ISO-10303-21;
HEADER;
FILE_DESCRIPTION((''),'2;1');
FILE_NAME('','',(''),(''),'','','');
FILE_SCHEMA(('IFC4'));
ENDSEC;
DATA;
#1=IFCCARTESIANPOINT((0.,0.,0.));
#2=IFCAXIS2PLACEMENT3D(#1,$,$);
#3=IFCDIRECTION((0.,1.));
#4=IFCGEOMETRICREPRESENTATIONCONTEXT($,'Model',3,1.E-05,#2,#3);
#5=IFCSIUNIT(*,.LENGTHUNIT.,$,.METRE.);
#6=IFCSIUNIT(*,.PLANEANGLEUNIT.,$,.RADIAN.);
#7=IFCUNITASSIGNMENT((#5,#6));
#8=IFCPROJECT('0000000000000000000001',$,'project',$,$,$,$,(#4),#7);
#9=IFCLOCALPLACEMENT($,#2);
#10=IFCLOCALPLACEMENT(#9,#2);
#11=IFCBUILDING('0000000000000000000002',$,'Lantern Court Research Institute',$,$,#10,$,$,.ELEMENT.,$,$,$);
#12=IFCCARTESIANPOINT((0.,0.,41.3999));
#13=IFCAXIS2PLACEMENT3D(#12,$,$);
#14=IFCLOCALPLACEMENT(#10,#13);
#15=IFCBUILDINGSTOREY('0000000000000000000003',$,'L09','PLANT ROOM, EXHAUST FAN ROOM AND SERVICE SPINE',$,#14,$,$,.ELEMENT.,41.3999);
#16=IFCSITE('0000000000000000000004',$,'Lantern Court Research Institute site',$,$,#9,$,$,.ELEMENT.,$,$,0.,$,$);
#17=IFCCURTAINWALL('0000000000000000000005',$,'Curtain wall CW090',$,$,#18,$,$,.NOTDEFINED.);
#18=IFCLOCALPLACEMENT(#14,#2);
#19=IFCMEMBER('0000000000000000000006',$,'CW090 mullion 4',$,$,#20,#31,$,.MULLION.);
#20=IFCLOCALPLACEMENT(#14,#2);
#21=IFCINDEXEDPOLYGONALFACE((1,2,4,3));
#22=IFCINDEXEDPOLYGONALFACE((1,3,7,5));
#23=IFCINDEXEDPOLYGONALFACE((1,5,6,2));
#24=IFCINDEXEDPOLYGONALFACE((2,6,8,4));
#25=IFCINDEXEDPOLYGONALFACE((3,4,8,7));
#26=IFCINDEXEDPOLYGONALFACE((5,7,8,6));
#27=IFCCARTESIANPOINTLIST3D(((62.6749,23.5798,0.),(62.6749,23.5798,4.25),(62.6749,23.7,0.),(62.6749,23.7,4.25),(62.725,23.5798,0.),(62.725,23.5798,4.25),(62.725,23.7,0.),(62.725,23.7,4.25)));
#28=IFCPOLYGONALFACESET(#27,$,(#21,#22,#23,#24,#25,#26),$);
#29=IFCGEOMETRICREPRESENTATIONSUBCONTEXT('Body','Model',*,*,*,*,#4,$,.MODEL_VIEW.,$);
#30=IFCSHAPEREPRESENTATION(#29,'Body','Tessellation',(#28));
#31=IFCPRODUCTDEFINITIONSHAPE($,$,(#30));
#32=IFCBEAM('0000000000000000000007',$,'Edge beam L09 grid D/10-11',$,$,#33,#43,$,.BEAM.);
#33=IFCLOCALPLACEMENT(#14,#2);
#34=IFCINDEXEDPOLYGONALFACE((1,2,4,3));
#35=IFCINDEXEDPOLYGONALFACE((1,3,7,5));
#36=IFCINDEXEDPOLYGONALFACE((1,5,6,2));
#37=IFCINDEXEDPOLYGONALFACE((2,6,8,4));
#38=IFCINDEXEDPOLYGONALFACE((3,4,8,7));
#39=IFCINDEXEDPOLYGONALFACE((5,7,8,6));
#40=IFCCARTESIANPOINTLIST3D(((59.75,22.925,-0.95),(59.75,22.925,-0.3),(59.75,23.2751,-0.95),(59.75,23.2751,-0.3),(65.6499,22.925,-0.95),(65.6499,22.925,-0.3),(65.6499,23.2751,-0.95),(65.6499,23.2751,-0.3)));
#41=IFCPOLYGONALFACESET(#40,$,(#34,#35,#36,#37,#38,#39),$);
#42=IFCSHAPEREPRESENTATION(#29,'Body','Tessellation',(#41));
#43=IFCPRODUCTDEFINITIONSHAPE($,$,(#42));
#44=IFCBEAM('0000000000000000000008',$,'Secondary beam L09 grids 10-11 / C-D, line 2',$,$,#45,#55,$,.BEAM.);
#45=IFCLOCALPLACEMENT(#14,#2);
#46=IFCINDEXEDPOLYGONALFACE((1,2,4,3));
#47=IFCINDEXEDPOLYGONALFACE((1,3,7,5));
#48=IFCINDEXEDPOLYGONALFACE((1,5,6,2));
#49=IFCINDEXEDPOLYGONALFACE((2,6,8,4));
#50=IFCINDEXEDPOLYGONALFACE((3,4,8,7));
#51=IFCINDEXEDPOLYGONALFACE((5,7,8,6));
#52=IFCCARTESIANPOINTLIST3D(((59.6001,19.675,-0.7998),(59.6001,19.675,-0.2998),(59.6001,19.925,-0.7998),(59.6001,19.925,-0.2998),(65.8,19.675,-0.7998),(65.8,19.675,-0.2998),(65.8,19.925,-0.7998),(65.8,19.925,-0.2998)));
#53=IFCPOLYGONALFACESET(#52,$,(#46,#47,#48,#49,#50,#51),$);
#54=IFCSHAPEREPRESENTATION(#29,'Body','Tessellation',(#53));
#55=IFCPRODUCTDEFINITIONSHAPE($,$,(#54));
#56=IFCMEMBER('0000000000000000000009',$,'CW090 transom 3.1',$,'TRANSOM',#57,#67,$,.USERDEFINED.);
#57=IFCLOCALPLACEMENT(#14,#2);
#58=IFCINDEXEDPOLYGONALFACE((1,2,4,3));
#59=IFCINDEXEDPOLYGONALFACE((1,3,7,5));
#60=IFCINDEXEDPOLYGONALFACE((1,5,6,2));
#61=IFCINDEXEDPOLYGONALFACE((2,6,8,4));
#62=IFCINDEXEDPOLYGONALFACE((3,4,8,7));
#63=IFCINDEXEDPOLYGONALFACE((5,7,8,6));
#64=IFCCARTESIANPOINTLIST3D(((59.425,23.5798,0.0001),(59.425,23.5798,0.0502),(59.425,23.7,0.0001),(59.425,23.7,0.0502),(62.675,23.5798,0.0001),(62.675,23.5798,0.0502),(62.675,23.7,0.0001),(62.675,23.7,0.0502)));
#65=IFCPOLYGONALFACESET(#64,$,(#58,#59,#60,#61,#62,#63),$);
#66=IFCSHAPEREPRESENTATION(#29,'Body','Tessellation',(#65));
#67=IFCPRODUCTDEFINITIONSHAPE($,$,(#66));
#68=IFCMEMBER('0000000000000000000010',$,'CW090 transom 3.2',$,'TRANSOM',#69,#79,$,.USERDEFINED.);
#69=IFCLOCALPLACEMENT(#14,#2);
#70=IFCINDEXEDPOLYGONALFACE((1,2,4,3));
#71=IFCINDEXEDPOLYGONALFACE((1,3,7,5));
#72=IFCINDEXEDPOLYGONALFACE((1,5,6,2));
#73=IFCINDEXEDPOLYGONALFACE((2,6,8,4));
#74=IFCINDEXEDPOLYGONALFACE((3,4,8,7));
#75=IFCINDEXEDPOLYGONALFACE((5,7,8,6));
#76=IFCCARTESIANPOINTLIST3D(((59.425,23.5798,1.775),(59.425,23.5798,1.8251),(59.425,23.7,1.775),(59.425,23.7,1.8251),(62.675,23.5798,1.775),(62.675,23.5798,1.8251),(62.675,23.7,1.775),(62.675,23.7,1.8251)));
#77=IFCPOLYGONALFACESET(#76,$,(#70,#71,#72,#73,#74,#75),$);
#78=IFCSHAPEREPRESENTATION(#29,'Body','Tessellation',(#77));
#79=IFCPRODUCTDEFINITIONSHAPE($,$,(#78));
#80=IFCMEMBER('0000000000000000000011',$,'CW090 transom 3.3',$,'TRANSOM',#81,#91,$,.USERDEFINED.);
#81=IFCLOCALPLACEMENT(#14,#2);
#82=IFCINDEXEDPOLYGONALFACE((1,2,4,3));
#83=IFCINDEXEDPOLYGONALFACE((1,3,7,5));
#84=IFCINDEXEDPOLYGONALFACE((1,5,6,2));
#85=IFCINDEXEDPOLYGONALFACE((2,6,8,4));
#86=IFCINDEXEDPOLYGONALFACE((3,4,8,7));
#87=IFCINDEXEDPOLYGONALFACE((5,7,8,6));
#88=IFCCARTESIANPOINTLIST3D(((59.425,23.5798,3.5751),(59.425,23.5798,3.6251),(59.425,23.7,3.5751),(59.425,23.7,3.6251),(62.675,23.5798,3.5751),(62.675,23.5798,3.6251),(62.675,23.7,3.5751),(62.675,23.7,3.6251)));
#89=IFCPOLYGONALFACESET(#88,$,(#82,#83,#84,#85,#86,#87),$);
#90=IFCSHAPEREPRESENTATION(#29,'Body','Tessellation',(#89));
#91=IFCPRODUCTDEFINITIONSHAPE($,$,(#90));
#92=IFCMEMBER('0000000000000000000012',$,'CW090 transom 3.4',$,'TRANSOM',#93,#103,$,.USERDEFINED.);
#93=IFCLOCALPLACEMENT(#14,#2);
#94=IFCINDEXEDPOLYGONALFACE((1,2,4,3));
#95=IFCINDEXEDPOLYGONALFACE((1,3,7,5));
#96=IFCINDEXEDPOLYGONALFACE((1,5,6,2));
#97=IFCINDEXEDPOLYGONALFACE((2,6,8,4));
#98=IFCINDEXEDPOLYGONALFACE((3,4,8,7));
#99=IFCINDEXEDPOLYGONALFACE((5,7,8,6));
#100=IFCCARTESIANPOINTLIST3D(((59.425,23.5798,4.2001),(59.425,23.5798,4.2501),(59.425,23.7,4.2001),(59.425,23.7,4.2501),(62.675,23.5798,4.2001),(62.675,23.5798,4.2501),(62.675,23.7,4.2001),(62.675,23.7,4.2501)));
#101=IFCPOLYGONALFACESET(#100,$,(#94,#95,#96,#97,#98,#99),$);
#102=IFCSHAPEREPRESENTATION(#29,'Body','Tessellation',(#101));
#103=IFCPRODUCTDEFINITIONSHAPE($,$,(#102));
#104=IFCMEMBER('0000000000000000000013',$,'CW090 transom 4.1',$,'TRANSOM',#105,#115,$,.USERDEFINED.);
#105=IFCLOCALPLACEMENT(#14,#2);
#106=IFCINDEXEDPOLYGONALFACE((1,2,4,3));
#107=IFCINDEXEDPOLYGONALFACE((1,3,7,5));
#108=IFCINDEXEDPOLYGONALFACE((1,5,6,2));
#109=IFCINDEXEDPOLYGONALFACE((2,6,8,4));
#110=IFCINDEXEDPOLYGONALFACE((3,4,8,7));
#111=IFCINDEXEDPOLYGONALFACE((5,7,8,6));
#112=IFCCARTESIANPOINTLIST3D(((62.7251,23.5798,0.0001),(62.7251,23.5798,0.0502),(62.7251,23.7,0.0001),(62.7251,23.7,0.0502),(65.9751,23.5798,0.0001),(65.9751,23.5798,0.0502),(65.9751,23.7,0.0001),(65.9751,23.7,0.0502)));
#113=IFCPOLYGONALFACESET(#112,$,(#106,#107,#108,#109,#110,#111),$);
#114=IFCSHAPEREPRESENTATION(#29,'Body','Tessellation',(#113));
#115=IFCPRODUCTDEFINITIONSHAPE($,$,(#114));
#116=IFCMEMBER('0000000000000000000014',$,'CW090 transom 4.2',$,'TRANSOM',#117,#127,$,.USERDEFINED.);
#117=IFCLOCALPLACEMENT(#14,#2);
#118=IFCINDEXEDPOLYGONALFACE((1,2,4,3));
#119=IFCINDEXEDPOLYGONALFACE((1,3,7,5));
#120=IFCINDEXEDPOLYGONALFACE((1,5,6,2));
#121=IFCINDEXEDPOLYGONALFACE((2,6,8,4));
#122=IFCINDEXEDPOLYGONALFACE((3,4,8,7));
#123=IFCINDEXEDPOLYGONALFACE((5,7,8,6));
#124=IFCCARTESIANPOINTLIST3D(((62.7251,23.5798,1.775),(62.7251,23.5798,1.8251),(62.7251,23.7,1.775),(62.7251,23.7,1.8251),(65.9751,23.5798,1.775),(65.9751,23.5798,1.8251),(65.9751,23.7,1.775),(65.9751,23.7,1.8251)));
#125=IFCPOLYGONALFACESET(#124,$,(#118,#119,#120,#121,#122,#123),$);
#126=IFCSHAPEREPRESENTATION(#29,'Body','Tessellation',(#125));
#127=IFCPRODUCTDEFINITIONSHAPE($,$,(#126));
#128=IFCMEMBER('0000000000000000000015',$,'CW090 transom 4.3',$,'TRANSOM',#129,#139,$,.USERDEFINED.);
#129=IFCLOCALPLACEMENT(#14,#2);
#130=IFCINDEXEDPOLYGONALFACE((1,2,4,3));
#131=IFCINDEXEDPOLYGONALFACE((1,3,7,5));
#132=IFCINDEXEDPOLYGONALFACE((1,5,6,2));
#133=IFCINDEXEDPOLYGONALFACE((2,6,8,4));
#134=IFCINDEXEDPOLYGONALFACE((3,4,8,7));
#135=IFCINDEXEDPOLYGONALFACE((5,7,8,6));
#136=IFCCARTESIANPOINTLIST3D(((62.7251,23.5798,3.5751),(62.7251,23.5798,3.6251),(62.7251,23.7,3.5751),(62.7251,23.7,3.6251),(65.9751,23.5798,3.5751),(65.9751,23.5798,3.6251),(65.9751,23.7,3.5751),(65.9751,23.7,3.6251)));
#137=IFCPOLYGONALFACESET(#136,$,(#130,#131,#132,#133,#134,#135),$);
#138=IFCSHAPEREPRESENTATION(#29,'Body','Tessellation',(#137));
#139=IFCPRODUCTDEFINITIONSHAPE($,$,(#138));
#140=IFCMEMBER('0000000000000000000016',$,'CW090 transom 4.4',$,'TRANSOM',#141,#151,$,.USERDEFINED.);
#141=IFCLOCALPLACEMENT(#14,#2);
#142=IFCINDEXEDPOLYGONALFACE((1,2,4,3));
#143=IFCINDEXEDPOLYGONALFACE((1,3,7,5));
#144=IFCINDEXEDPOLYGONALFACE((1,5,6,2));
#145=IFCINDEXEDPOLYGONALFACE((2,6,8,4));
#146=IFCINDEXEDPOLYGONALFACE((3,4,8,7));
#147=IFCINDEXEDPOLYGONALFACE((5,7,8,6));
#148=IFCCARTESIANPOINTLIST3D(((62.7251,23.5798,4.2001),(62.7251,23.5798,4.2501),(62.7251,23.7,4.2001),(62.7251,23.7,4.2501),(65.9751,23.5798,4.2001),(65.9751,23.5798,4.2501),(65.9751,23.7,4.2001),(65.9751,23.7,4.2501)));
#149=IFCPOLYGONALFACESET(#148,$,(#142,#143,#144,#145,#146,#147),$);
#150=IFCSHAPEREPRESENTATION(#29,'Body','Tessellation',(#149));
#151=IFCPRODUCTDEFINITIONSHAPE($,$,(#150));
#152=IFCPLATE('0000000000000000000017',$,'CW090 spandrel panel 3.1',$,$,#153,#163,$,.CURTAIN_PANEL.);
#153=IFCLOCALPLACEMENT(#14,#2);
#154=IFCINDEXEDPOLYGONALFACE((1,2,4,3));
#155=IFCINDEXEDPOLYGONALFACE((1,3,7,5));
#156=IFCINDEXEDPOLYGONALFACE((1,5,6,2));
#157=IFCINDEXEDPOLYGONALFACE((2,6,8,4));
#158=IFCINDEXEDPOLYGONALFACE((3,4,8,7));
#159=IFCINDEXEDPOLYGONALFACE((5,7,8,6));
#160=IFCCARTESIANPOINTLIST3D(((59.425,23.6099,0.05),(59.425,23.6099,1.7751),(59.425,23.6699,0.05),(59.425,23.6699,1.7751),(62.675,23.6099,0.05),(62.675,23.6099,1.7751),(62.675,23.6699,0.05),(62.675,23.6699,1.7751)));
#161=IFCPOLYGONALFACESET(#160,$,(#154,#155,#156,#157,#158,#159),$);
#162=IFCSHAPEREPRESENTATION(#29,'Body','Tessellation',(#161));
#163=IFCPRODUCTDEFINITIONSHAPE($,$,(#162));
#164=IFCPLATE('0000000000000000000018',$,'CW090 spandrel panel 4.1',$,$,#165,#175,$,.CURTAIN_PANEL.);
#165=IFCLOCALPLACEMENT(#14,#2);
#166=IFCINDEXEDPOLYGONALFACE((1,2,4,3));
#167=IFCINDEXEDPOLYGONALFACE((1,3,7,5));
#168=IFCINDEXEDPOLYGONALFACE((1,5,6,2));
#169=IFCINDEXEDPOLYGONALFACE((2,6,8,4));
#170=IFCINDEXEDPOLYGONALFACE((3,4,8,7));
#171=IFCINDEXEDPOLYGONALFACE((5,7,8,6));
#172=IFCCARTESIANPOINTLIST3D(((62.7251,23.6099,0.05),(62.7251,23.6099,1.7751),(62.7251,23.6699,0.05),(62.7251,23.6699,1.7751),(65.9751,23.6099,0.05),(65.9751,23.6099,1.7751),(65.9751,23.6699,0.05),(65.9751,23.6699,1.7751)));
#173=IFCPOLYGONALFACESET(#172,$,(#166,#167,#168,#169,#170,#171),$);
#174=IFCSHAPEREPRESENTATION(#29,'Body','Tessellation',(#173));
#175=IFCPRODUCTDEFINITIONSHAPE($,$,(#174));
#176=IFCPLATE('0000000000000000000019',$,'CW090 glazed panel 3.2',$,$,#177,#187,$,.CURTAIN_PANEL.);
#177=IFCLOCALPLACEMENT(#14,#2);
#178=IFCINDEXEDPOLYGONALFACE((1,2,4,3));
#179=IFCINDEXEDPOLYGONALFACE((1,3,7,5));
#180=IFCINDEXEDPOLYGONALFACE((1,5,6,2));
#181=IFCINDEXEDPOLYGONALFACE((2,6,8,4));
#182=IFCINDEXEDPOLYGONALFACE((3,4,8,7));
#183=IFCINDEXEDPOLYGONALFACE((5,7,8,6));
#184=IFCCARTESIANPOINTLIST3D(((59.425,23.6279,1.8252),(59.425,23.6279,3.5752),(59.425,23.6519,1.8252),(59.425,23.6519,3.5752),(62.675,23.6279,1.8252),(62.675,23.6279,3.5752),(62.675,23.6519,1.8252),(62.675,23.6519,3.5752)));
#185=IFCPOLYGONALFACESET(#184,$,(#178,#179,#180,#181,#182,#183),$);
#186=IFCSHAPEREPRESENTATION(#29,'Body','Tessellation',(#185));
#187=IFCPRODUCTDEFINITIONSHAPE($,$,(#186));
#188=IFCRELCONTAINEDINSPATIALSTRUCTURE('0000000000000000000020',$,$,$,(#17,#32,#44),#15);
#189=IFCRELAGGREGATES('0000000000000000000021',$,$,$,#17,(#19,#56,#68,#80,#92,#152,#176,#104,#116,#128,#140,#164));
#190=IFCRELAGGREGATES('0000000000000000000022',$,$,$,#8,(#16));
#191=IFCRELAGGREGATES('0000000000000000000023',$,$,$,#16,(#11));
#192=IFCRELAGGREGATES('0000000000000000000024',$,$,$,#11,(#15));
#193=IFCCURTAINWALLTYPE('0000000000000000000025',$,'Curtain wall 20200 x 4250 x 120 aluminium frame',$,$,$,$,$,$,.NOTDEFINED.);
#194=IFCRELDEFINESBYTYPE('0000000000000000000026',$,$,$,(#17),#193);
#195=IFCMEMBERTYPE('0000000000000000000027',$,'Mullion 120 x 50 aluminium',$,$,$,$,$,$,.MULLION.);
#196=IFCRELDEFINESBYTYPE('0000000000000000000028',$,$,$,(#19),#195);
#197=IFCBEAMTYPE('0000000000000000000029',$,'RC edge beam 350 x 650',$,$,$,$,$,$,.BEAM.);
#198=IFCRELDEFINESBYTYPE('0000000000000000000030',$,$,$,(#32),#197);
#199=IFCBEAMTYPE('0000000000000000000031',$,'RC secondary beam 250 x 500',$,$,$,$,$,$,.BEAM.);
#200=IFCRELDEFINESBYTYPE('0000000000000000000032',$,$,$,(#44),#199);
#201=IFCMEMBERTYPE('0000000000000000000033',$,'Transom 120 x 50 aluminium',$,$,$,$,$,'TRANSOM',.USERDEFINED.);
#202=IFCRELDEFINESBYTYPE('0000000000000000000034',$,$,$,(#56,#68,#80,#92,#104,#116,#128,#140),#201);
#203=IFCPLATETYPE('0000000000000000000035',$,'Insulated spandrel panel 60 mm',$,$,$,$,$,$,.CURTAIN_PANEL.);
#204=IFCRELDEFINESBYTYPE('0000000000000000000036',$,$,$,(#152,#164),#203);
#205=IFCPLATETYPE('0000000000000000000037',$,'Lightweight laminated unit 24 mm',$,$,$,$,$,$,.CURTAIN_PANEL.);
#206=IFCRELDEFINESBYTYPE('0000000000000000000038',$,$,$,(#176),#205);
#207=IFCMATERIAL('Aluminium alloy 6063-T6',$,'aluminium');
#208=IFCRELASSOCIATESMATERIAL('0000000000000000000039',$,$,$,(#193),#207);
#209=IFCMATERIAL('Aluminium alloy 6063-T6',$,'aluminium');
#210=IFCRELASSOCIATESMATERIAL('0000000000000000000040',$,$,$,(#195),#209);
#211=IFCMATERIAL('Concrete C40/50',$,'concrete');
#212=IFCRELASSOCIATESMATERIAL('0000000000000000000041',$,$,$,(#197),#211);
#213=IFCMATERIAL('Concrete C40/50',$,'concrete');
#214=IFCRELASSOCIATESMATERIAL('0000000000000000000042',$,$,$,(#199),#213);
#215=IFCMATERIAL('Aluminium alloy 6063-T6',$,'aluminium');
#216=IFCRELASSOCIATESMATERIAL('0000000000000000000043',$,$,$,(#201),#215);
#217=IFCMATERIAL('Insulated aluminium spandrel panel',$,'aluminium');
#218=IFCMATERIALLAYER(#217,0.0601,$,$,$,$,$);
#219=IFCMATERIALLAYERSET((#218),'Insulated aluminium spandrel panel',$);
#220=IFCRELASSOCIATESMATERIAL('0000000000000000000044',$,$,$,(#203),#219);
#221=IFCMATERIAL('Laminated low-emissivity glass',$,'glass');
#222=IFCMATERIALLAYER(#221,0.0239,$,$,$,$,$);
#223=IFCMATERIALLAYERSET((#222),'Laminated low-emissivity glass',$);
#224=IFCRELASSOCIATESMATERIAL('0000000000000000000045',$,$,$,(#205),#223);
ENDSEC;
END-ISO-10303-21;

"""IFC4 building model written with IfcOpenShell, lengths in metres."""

from ifc_helpers import new_model, si_unit, direction, frame, origin, origin_2d, place, context, subcontext, project, spatial, rectangle, extrude, material, layer, layer_set, material_profile, profile_set, type_object, element, aggregate, save


model = new_model("IFC4")

# Units and contexts
model_context = context("Model", 3, precision=1e-05, world=origin(), true_north=direction((0.0, 1.0)))
body_context = subcontext(model_context, "Body", "Model", "MODEL_VIEW")
ifc_project = project(units=[si_unit("LENGTHUNIT", "METRE"), si_unit("PLANEANGLEUNIT", "RADIAN")], contexts=[model_context])

# Site, building, storey
site_placement = place(None, origin())
site = spatial("IfcSite", under=ifc_project, at=site_placement, Name="Lantern Court Research Institute site", CompositionType="ELEMENT", RefElevation=0.0)
building_placement = place(site_placement, origin())
building = spatial("IfcBuilding", under=site, at=building_placement, Name="Lantern Court Research Institute", CompositionType="ELEMENT")
storey_placement = place(building_placement, frame((0.0, 0.0, 41.3999)))
storey = spatial("IfcBuildingStorey", under=building, at=storey_placement, Name="L09", Description="PLANT ROOM, EXHAUST FAN ROOM AND SERVICE SPINE", CompositionType="ELEMENT", Elevation=41.3999)

# Curtain wall, member
ifc_material_1 = material(Name="Aluminium alloy 6063-T6", Category="aluminium")
curtain_wall_type = type_object("IfcCurtainWallType", Name="Curtain wall 20200 x 4250 x 120 aluminium frame", PredefinedType="NOTDEFINED", material=ifc_material_1)
curtain_wall_placement = place(storey_placement, origin())
curtain_wall = element("IfcCurtainWall", 1, at=curtain_wall_placement, inside=storey, type_object=curtain_wall_type, Name="Curtain wall CW090", PredefinedType="NOTDEFINED")
ifc_material_2 = material(Name="Aluminium alloy 6063-T6", Category="aluminium")
ifc_material_profile_1 = material_profile(ifc_material_2, rectangle(XDim=0.1201, YDim=0.05, at=origin_2d()), Name="Mullion 120 x 50")
ifc_profile_set_1 = profile_set([ifc_material_profile_1], Name="Aluminium alloy 6063-T6")
member_type_1 = type_object("IfcMemberType", Name="Mullion 120 x 50 aluminium", PredefinedType="MULLION", material=ifc_profile_set_1)
member_1_placement = place(storey_placement, frame((62.7, 23.6399, 0.0), z_axis=(0.0, 0.0, 1.0), x_axis=(0.0, 1.0, 0.0)))
member_1 = element("IfcMember", 2, at=member_1_placement, type_object=member_type_1, Name="CW090 mullion 4", PredefinedType="MULLION", context=body_context, shape_type="SweptSolid", body=[
    extrude(rectangle(XDim=0.1201, YDim=0.05, at=origin_2d()), origin(), (0.0, 0.0, 1.0), 4.25),
])

# Beams
ifc_material_3 = material(Name="Concrete C40/50", Category="concrete")
ifc_material_profile_2 = material_profile(ifc_material_3, rectangle(XDim=0.3501, YDim=0.6499, at=origin_2d()), Name="RC beam 350 x 650")
ifc_profile_set_2 = profile_set([ifc_material_profile_2], Name="Concrete C40/50")
beam_type_1 = type_object("IfcBeamType", Name="RC edge beam 350 x 650", PredefinedType="BEAM", material=ifc_profile_set_2)
beam_1_placement = place(storey_placement, frame((59.75, 23.1001, -0.625), z_axis=(1.0, 0.0, 0.0), x_axis=(0.0, 1.0, 0.0)))
element("IfcBeam", 3, at=beam_1_placement, inside=storey, type_object=beam_type_1, Name="Edge beam L09 grid D/10-11", PredefinedType="BEAM", context=body_context, shape_type="SweptSolid", body=[
    extrude(rectangle(XDim=0.3501, YDim=0.6499, at=origin_2d()), origin(), (0.0, 0.0, 1.0), 5.8999),
])
ifc_material_4 = material(Name="Concrete C40/50", Category="concrete")
ifc_material_profile_3 = material_profile(ifc_material_4, rectangle(XDim=0.25, YDim=0.5, at=origin_2d()), Name="RC beam 250 x 500")
ifc_profile_set_3 = profile_set([ifc_material_profile_3], Name="Concrete C40/50")
beam_type_2 = type_object("IfcBeamType", Name="RC secondary beam 250 x 500", PredefinedType="BEAM", material=ifc_profile_set_3)
beam_2_placement = place(storey_placement, frame((59.6001, 19.8, -0.5498), z_axis=(1.0, 0.0, 0.0), x_axis=(0.0, 1.0, 0.0)))
element("IfcBeam", 4, at=beam_2_placement, inside=storey, type_object=beam_type_2, Name="Secondary beam L09 grids 10-11 / C-D, line 2", PredefinedType="BEAM", context=body_context, shape_type="SweptSolid", body=[
    extrude(rectangle(XDim=0.25, YDim=0.5, at=origin_2d()), origin(), (0.0, 0.0, 1.0), 6.2),
])

# Members
ifc_material_5 = material(Name="Aluminium alloy 6063-T6", Category="aluminium")
ifc_material_profile_4 = material_profile(ifc_material_5, rectangle(XDim=0.1201, YDim=0.05, at=origin_2d()), Name="Transom 120 x 50")
ifc_profile_set_4 = profile_set([ifc_material_profile_4], Name="Aluminium alloy 6063-T6")
member_type_2 = type_object("IfcMemberType", Name="Transom 120 x 50 aluminium", ElementType="TRANSOM", PredefinedType="USERDEFINED", material=ifc_profile_set_4)
member_2_placement = place(storey_placement, frame((59.425, 23.6399, 0.0251), z_axis=(1.0, 0.0, 0.0), x_axis=(0.0, 1.0, 0.0)))
member_2 = element("IfcMember", 5, at=member_2_placement, type_object=member_type_2, Name="CW090 transom 3.1", ObjectType="TRANSOM", PredefinedType="USERDEFINED", context=body_context, shape_type="SweptSolid", body=[
    extrude(rectangle(XDim=0.1201, YDim=0.05, at=origin_2d()), origin(), (0.0, 0.0, 1.0), 3.25),
])
member_3_placement = place(storey_placement, frame((59.425, 23.6399, 1.8), z_axis=(1.0, 0.0, 0.0), x_axis=(0.0, 1.0, 0.0)))
member_3 = element("IfcMember", 6, at=member_3_placement, type_object=member_type_2, Name="CW090 transom 3.2", ObjectType="TRANSOM", PredefinedType="USERDEFINED", context=body_context, shape_type="SweptSolid", body=[
    extrude(rectangle(XDim=0.1201, YDim=0.05, at=origin_2d()), origin(), (0.0, 0.0, 1.0), 3.25),
])
member_4_placement = place(storey_placement, frame((59.425, 23.6399, 3.6001), z_axis=(1.0, 0.0, 0.0), x_axis=(0.0, 1.0, 0.0)))
member_4 = element("IfcMember", 7, at=member_4_placement, type_object=member_type_2, Name="CW090 transom 3.3", ObjectType="TRANSOM", PredefinedType="USERDEFINED", context=body_context, shape_type="SweptSolid", body=[
    extrude(rectangle(XDim=0.1201, YDim=0.05, at=origin_2d()), origin(), (0.0, 0.0, 1.0), 3.25),
])
member_5_placement = place(storey_placement, frame((59.425, 23.6399, 4.2251), z_axis=(1.0, 0.0, 0.0), x_axis=(0.0, 1.0, 0.0)))
member_5 = element("IfcMember", 8, at=member_5_placement, type_object=member_type_2, Name="CW090 transom 3.4", ObjectType="TRANSOM", PredefinedType="USERDEFINED", context=body_context, shape_type="SweptSolid", body=[
    extrude(rectangle(XDim=0.1201, YDim=0.05, at=origin_2d()), origin(), (0.0, 0.0, 1.0), 3.25),
])
member_6_placement = place(storey_placement, frame((62.7251, 23.6399, 0.0251), z_axis=(1.0, 0.0, 0.0), x_axis=(0.0, 1.0, 0.0)))
member_6 = element("IfcMember", 9, at=member_6_placement, type_object=member_type_2, Name="CW090 transom 4.1", ObjectType="TRANSOM", PredefinedType="USERDEFINED", context=body_context, shape_type="SweptSolid", body=[
    extrude(rectangle(XDim=0.1201, YDim=0.05, at=origin_2d()), origin(), (0.0, 0.0, 1.0), 3.25),
])
member_7_placement = place(storey_placement, frame((62.7251, 23.6399, 1.8), z_axis=(1.0, 0.0, 0.0), x_axis=(0.0, 1.0, 0.0)))
member_7 = element("IfcMember", 10, at=member_7_placement, type_object=member_type_2, Name="CW090 transom 4.2", ObjectType="TRANSOM", PredefinedType="USERDEFINED", context=body_context, shape_type="SweptSolid", body=[
    extrude(rectangle(XDim=0.1201, YDim=0.05, at=origin_2d()), origin(), (0.0, 0.0, 1.0), 3.25),
])
member_8_placement = place(storey_placement, frame((62.7251, 23.6399, 3.6001), z_axis=(1.0, 0.0, 0.0), x_axis=(0.0, 1.0, 0.0)))
member_8 = element("IfcMember", 11, at=member_8_placement, type_object=member_type_2, Name="CW090 transom 4.3", ObjectType="TRANSOM", PredefinedType="USERDEFINED", context=body_context, shape_type="SweptSolid", body=[
    extrude(rectangle(XDim=0.1201, YDim=0.05, at=origin_2d()), origin(), (0.0, 0.0, 1.0), 3.25),
])
member_9_placement = place(storey_placement, frame((62.7251, 23.6399, 4.2251), z_axis=(1.0, 0.0, 0.0), x_axis=(0.0, 1.0, 0.0)))
member_9 = element("IfcMember", 12, at=member_9_placement, type_object=member_type_2, Name="CW090 transom 4.4", ObjectType="TRANSOM", PredefinedType="USERDEFINED", context=body_context, shape_type="SweptSolid", body=[
    extrude(rectangle(XDim=0.1201, YDim=0.05, at=origin_2d()), origin(), (0.0, 0.0, 1.0), 3.25),
])

# Plates
ifc_material_6 = material(Name="Insulated aluminium spandrel panel", Category="aluminium")
ifc_layer_1 = layer(ifc_material_6, 0.0601)
ifc_layer_set_1 = layer_set([ifc_layer_1], Name="Insulated aluminium spandrel panel")
plate_type_1 = type_object("IfcPlateType", Name="Insulated spandrel panel 60 mm", PredefinedType="CURTAIN_PANEL", material=ifc_layer_set_1)
plate_1_placement = place(storey_placement, frame((61.05, 23.6399, 0.05), z_axis=(0.0, 0.0, 1.0), x_axis=(1.0, 0.0, 0.0)))
plate_1 = element("IfcPlate", 13, at=plate_1_placement, type_object=plate_type_1, Name="CW090 spandrel panel 3.1", PredefinedType="CURTAIN_PANEL", context=body_context, shape_type="SweptSolid", body=[
    extrude(rectangle(XDim=3.25, YDim=0.0601, at=origin_2d()), origin(), (0.0, 0.0, 1.0), 1.7251),
])
plate_2_placement = place(storey_placement, frame((64.3501, 23.6399, 0.05), z_axis=(0.0, 0.0, 1.0), x_axis=(1.0, 0.0, 0.0)))
plate_2 = element("IfcPlate", 14, at=plate_2_placement, type_object=plate_type_1, Name="CW090 spandrel panel 4.1", PredefinedType="CURTAIN_PANEL", context=body_context, shape_type="SweptSolid", body=[
    extrude(rectangle(XDim=3.25, YDim=0.0601, at=origin_2d()), origin(), (0.0, 0.0, 1.0), 1.7251),
])
ifc_material_7 = material(Name="Laminated low-emissivity glass", Category="glass")
ifc_layer_2 = layer(ifc_material_7, 0.0239)
ifc_layer_set_2 = layer_set([ifc_layer_2], Name="Laminated low-emissivity glass")
plate_type_2 = type_object("IfcPlateType", Name="Lightweight laminated unit 24 mm", PredefinedType="CURTAIN_PANEL", material=ifc_layer_set_2)
plate_3_placement = place(storey_placement, frame((61.05, 23.6399, 1.8252), z_axis=(0.0, 0.0, 1.0), x_axis=(1.0, 0.0, 0.0)))
plate_3 = element("IfcPlate", 15, at=plate_3_placement, type_object=plate_type_2, Name="CW090 glazed panel 3.2", PredefinedType="CURTAIN_PANEL", context=body_context, shape_type="SweptSolid", body=[
    extrude(rectangle(XDim=3.25, YDim=0.0239, at=origin_2d()), origin(), (0.0, 0.0, 1.0), 1.75),
])
aggregate(curtain_wall, [member_1, member_2, member_3, member_4, member_5, plate_1, plate_3, member_6, member_7, member_8, member_9, plate_2])

save(model, "model.ifc")
